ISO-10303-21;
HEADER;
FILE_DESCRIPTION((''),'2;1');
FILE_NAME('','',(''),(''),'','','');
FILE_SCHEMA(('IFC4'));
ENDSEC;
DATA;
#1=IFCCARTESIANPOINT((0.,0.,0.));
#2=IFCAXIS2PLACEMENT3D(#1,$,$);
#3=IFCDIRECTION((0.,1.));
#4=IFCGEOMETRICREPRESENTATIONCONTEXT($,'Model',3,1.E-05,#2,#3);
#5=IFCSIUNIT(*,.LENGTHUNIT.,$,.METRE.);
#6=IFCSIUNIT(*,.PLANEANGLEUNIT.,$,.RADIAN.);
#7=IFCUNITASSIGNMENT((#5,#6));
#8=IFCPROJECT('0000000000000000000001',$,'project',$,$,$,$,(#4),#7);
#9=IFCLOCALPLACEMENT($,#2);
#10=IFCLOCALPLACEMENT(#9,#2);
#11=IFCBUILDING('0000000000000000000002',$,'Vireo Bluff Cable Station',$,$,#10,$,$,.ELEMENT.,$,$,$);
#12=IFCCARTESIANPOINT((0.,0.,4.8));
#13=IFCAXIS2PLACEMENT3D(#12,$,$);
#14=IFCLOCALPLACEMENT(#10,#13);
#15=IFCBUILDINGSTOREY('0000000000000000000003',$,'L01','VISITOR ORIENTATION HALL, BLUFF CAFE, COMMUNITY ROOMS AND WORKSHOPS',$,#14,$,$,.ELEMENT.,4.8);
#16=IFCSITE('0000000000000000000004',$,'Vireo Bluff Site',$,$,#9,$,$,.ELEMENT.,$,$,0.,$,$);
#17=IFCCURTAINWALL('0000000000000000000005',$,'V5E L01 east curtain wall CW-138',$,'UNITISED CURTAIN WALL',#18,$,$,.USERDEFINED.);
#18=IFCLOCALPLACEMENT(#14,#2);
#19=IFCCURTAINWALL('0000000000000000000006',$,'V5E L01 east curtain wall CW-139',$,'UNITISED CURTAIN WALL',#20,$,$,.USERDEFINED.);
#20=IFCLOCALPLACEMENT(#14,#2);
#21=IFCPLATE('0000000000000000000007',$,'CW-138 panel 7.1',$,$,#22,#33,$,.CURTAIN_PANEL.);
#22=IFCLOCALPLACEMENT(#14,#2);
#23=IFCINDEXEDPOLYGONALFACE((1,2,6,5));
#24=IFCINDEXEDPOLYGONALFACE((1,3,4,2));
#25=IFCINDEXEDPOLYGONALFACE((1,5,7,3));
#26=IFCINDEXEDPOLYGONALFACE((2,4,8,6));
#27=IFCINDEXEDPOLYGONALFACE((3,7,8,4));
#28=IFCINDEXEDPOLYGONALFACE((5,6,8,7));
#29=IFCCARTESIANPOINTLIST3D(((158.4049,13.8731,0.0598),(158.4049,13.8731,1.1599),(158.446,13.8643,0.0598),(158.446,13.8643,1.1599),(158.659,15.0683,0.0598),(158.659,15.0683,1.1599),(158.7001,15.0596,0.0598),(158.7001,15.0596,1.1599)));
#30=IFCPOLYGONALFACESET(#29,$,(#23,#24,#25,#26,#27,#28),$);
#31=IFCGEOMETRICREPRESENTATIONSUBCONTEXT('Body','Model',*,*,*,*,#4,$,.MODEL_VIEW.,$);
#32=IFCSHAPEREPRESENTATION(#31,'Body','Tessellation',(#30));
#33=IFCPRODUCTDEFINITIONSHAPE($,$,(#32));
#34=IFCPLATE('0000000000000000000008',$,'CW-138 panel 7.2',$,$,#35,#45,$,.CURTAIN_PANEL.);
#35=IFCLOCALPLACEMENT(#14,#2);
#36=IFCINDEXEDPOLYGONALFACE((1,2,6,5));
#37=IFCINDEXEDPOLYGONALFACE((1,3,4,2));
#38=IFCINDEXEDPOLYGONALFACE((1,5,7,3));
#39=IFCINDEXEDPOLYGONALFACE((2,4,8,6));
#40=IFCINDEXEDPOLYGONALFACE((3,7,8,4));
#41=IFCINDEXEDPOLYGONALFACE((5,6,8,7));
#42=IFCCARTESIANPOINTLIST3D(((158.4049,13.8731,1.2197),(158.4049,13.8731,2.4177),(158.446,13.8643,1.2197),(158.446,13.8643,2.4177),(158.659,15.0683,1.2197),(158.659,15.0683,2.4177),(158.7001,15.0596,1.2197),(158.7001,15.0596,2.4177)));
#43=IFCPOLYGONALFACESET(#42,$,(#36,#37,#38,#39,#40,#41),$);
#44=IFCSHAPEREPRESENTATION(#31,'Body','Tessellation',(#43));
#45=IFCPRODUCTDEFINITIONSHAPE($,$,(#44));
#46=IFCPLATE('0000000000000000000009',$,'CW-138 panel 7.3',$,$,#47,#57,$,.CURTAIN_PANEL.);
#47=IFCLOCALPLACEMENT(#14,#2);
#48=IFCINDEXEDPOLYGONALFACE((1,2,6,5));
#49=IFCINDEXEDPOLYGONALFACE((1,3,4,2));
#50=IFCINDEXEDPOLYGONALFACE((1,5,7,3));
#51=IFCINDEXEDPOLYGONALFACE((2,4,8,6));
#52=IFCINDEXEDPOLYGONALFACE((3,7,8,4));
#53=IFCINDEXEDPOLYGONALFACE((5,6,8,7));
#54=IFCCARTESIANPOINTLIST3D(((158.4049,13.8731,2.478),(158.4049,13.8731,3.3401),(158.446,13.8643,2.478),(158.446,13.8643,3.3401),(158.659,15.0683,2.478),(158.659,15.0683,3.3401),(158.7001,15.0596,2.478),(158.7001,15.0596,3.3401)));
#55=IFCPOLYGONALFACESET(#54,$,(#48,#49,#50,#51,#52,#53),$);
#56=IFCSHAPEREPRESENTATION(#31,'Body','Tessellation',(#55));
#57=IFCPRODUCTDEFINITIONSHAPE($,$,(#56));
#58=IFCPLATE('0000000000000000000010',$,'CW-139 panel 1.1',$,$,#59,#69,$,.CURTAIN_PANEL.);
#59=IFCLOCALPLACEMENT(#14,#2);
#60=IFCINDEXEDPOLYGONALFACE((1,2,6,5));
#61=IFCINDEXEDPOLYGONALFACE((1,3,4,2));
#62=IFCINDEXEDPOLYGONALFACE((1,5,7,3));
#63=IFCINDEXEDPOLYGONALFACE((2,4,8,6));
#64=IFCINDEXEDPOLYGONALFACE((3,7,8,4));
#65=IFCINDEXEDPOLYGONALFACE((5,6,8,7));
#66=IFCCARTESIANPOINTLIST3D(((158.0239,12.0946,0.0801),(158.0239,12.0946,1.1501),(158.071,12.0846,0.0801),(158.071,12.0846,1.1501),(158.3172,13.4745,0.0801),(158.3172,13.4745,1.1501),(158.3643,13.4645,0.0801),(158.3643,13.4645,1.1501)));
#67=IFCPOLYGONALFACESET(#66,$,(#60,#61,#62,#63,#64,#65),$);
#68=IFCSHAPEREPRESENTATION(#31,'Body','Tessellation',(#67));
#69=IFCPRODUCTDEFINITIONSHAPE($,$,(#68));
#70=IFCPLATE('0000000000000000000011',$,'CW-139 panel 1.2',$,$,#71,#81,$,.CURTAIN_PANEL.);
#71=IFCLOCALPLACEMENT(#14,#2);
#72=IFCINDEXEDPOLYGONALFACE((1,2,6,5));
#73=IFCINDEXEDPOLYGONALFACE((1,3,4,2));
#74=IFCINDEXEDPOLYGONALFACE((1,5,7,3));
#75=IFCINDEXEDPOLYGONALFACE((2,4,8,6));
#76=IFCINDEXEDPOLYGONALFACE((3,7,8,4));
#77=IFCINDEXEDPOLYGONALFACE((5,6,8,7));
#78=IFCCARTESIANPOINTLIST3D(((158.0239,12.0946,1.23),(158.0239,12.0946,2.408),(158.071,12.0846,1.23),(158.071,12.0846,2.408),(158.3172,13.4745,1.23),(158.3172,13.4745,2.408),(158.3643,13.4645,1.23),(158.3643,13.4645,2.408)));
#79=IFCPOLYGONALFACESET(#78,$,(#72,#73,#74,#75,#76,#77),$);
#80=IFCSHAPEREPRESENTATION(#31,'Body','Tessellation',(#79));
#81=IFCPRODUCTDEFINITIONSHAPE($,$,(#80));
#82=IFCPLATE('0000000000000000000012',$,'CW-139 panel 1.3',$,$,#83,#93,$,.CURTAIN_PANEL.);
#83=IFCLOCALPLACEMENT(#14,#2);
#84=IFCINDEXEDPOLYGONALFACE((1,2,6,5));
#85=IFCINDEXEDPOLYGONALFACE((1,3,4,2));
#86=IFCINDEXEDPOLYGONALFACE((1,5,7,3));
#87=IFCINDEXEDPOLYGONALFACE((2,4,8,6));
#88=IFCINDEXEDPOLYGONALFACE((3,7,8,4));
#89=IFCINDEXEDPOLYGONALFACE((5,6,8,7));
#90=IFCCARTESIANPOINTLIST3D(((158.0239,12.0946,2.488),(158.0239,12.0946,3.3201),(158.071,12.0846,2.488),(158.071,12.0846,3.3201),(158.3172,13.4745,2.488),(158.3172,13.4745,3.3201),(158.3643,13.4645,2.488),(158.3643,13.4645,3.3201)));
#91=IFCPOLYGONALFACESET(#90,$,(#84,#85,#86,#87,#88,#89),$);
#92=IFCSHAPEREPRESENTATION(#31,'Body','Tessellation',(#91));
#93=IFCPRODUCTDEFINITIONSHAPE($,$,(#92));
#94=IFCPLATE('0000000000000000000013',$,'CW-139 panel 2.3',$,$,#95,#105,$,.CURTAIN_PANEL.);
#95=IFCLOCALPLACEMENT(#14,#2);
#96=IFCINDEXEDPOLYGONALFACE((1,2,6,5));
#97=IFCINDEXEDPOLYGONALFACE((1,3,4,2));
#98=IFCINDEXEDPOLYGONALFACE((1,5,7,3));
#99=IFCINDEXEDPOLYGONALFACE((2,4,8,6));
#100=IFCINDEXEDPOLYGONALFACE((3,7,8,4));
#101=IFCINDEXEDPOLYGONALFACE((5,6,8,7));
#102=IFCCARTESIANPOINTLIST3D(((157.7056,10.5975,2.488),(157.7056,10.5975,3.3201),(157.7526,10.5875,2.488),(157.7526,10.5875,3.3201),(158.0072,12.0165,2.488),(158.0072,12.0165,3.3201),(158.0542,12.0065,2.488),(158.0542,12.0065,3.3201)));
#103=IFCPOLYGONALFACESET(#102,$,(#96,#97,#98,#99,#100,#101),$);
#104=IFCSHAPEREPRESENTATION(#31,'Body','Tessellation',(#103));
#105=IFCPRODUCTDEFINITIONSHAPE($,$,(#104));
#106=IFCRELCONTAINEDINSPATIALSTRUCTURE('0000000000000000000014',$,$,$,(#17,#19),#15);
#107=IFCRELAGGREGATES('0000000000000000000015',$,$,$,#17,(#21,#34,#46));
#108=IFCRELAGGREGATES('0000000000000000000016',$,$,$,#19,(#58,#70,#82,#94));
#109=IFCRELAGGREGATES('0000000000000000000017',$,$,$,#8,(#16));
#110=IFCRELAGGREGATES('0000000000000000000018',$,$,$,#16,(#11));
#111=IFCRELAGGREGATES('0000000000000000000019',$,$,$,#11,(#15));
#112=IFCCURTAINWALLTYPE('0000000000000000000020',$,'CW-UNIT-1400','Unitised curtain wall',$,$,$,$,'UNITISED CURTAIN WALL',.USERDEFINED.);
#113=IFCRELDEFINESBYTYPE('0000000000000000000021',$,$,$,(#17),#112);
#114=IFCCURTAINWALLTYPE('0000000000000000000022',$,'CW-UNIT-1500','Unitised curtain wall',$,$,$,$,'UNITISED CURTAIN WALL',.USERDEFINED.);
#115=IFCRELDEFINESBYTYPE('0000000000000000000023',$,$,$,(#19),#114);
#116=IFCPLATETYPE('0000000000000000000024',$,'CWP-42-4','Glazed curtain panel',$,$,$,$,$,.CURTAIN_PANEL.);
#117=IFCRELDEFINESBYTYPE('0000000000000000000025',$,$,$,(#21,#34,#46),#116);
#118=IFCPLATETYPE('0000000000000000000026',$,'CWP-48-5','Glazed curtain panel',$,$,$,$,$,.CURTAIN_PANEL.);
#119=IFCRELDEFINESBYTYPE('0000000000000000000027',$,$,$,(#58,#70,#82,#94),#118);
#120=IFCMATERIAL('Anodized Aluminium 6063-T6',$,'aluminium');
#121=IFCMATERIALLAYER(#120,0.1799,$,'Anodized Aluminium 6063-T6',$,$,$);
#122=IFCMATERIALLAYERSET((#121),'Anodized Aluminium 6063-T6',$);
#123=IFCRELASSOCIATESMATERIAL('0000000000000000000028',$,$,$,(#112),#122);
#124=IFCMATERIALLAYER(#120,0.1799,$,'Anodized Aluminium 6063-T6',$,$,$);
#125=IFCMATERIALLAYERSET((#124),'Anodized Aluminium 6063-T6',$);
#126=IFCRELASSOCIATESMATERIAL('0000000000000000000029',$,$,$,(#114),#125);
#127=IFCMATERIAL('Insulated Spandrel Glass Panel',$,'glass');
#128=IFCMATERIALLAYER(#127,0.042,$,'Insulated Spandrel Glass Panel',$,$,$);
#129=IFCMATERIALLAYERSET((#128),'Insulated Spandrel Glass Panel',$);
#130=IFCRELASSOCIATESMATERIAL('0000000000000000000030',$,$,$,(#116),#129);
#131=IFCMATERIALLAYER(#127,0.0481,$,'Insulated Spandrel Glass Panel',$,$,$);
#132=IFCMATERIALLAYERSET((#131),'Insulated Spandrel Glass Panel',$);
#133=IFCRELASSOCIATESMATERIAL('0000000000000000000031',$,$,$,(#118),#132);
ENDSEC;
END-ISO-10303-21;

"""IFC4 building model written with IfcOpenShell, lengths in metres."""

from ifc_helpers import new_model, si_unit, direction, frame, origin, origin_2d, place, context, subcontext, project, spatial, rectangle, extrude, material, layer, layer_set, type_object, element, aggregate, save


model = new_model("IFC4")

# Units and contexts
model_context = context("Model", 3, precision=1e-05, world=origin(), true_north=direction((0.0, 1.0)))
body_context = subcontext(model_context, "Body", "Model", "MODEL_VIEW")
ifc_project = project(units=[si_unit("LENGTHUNIT", "METRE"), si_unit("PLANEANGLEUNIT", "RADIAN")], contexts=[model_context])

# Site, building, storey
site_placement = place(None, origin())
site = spatial("IfcSite", under=ifc_project, at=site_placement, Name="Vireo Bluff Site", CompositionType="ELEMENT", RefElevation=0.0)
building_placement = place(site_placement, origin())
building = spatial("IfcBuilding", under=site, at=building_placement, Name="Vireo Bluff Cable Station", CompositionType="ELEMENT")
storey_placement = place(building_placement, frame((0.0, 0.0, 4.8)))
storey = spatial("IfcBuildingStorey", under=building, at=storey_placement, Name="L01", Description="VISITOR ORIENTATION HALL, BLUFF CAFE, COMMUNITY ROOMS AND WORKSHOPS", CompositionType="ELEMENT", Elevation=4.8)

# Curtain wall
ifc_material_1 = material(Name="Anodized Aluminium 6063-T6", Category="aluminium")
ifc_layer_1 = layer(ifc_material_1, 0.1799, Name="Anodized Aluminium 6063-T6")
ifc_layer_set_1 = layer_set([ifc_layer_1], Name="Anodized Aluminium 6063-T6")
curtain_wall_type_1 = type_object("IfcCurtainWallType", Name="CW-UNIT-1400", Description="Unitised curtain wall", ElementType="UNITISED CURTAIN WALL", PredefinedType="USERDEFINED", material=ifc_layer_set_1)
curtain_wall_1_placement = place(storey_placement, origin())
curtain_wall_1 = element("IfcCurtainWall", 1, at=curtain_wall_1_placement, inside=storey, type_object=curtain_wall_type_1, Name="V5E L01 east curtain wall CW-138", ObjectType="UNITISED CURTAIN WALL", PredefinedType="USERDEFINED")

# Curtain wall
ifc_layer_2 = layer(ifc_material_1, 0.1799, Name="Anodized Aluminium 6063-T6")
ifc_layer_set_2 = layer_set([ifc_layer_2], Name="Anodized Aluminium 6063-T6")
curtain_wall_type_2 = type_object("IfcCurtainWallType", Name="CW-UNIT-1500", Description="Unitised curtain wall", ElementType="UNITISED CURTAIN WALL", PredefinedType="USERDEFINED", material=ifc_layer_set_2)
curtain_wall_2_placement = place(storey_placement, origin())
curtain_wall_2 = element("IfcCurtainWall", 2, at=curtain_wall_2_placement, inside=storey, type_object=curtain_wall_type_2, Name="V5E L01 east curtain wall CW-139", ObjectType="UNITISED CURTAIN WALL", PredefinedType="USERDEFINED")

# Plates
ifc_material_2 = material(Name="Insulated Spandrel Glass Panel", Category="glass")
ifc_layer_3 = layer(ifc_material_2, 0.042, Name="Insulated Spandrel Glass Panel")
ifc_layer_set_3 = layer_set([ifc_layer_3], Name="Insulated Spandrel Glass Panel")
plate_type_1 = type_object("IfcPlateType", Name="CWP-42-4", Description="Glazed curtain panel", PredefinedType="CURTAIN_PANEL", material=ifc_layer_set_3)
plate_1_placement = place(storey_placement, frame((158.5525, 14.4663, 0.0598), z_axis=(0.0, 0.0, 1.0), x_axis=(-0.207912, -0.978148, 0.0)))
plate_1 = element("IfcPlate", 3, at=plate_1_placement, type_object=plate_type_1, Name="CW-138 panel 7.1", PredefinedType="CURTAIN_PANEL", context=body_context, shape_type="SweptSolid", body=[
    extrude(rectangle(XDim=1.2219, YDim=0.042, at=origin_2d()), origin(), (0.0, 0.0, 1.0), 1.1001),
])
plate_2_placement = place(storey_placement, frame((158.5525, 14.4663, 1.2197), z_axis=(0.0, 0.0, 1.0), x_axis=(-0.207912, -0.978148, 0.0)))
plate_2 = element("IfcPlate", 4, at=plate_2_placement, type_object=plate_type_1, Name="CW-138 panel 7.2", PredefinedType="CURTAIN_PANEL", context=body_context, shape_type="SweptSolid", body=[
    extrude(rectangle(XDim=1.2219, YDim=0.042, at=origin_2d()), origin(), (0.0, 0.0, 1.0), 1.198),
])
plate_3_placement = place(storey_placement, frame((158.5525, 14.4663, 2.478), z_axis=(0.0, 0.0, 1.0), x_axis=(-0.207912, -0.978148, 0.0)))
plate_3 = element("IfcPlate", 5, at=plate_3_placement, type_object=plate_type_1, Name="CW-138 panel 7.3", PredefinedType="CURTAIN_PANEL", context=body_context, shape_type="SweptSolid", body=[
    extrude(rectangle(XDim=1.2219, YDim=0.042, at=origin_2d()), origin(), (0.0, 0.0, 1.0), 0.8621),
])
aggregate(curtain_wall_1, [plate_1, plate_2, plate_3])
ifc_layer_4 = layer(ifc_material_2, 0.0481, Name="Insulated Spandrel Glass Panel")
ifc_layer_set_4 = layer_set([ifc_layer_4], Name="Insulated Spandrel Glass Panel")
plate_type_2 = type_object("IfcPlateType", Name="CWP-48-5", Description="Glazed curtain panel", PredefinedType="CURTAIN_PANEL", material=ifc_layer_set_4)
plate_4_placement = place(storey_placement, frame((158.1941, 12.7795, 0.0801), z_axis=(0.0, 0.0, 1.0), x_axis=(-0.207912, -0.978148, 0.0)))
plate_4 = element("IfcPlate", 6, at=plate_4_placement, type_object=plate_type_2, Name="CW-139 panel 1.1", PredefinedType="CURTAIN_PANEL", context=body_context, shape_type="SweptSolid", body=[
    extrude(rectangle(XDim=1.4106, YDim=0.0481, at=origin_2d()), origin(), (0.0, 0.0, 1.0), 1.0701),
])
plate_5_placement = place(storey_placement, frame((158.1941, 12.7795, 1.23), z_axis=(0.0, 0.0, 1.0), x_axis=(-0.207912, -0.978148, 0.0)))
plate_5 = element("IfcPlate", 7, at=plate_5_placement, type_object=plate_type_2, Name="CW-139 panel 1.2", PredefinedType="CURTAIN_PANEL", context=body_context, shape_type="SweptSolid", body=[
    extrude(rectangle(XDim=1.4106, YDim=0.0481, at=origin_2d()), origin(), (0.0, 0.0, 1.0), 1.178),
])
plate_6_placement = place(storey_placement, frame((158.1941, 12.7795, 2.488), z_axis=(0.0, 0.0, 1.0), x_axis=(-0.207912, -0.978148, 0.0)))
plate_6 = element("IfcPlate", 8, at=plate_6_placement, type_object=plate_type_2, Name="CW-139 panel 1.3", PredefinedType="CURTAIN_PANEL", context=body_context, shape_type="SweptSolid", body=[
    extrude(rectangle(XDim=1.4106, YDim=0.0481, at=origin_2d()), origin(), (0.0, 0.0, 1.0), 0.832),
])
plate_7_placement = place(storey_placement, frame((157.8799, 11.302, 2.488), z_axis=(0.0, 0.0, 1.0), x_axis=(-0.207912, -0.978148, 0.0)))
plate_7 = element("IfcPlate", 9, at=plate_7_placement, type_object=plate_type_2, Name="CW-139 panel 2.3", PredefinedType="CURTAIN_PANEL", context=body_context, shape_type="SweptSolid", body=[
    extrude(rectangle(XDim=1.4507, YDim=0.0481, at=origin_2d()), origin(), (0.0, 0.0, 1.0), 0.832),
])
aggregate(curtain_wall_2, [plate_4, plate_5, plate_6, plate_7])

save(model, "model.ifc")
